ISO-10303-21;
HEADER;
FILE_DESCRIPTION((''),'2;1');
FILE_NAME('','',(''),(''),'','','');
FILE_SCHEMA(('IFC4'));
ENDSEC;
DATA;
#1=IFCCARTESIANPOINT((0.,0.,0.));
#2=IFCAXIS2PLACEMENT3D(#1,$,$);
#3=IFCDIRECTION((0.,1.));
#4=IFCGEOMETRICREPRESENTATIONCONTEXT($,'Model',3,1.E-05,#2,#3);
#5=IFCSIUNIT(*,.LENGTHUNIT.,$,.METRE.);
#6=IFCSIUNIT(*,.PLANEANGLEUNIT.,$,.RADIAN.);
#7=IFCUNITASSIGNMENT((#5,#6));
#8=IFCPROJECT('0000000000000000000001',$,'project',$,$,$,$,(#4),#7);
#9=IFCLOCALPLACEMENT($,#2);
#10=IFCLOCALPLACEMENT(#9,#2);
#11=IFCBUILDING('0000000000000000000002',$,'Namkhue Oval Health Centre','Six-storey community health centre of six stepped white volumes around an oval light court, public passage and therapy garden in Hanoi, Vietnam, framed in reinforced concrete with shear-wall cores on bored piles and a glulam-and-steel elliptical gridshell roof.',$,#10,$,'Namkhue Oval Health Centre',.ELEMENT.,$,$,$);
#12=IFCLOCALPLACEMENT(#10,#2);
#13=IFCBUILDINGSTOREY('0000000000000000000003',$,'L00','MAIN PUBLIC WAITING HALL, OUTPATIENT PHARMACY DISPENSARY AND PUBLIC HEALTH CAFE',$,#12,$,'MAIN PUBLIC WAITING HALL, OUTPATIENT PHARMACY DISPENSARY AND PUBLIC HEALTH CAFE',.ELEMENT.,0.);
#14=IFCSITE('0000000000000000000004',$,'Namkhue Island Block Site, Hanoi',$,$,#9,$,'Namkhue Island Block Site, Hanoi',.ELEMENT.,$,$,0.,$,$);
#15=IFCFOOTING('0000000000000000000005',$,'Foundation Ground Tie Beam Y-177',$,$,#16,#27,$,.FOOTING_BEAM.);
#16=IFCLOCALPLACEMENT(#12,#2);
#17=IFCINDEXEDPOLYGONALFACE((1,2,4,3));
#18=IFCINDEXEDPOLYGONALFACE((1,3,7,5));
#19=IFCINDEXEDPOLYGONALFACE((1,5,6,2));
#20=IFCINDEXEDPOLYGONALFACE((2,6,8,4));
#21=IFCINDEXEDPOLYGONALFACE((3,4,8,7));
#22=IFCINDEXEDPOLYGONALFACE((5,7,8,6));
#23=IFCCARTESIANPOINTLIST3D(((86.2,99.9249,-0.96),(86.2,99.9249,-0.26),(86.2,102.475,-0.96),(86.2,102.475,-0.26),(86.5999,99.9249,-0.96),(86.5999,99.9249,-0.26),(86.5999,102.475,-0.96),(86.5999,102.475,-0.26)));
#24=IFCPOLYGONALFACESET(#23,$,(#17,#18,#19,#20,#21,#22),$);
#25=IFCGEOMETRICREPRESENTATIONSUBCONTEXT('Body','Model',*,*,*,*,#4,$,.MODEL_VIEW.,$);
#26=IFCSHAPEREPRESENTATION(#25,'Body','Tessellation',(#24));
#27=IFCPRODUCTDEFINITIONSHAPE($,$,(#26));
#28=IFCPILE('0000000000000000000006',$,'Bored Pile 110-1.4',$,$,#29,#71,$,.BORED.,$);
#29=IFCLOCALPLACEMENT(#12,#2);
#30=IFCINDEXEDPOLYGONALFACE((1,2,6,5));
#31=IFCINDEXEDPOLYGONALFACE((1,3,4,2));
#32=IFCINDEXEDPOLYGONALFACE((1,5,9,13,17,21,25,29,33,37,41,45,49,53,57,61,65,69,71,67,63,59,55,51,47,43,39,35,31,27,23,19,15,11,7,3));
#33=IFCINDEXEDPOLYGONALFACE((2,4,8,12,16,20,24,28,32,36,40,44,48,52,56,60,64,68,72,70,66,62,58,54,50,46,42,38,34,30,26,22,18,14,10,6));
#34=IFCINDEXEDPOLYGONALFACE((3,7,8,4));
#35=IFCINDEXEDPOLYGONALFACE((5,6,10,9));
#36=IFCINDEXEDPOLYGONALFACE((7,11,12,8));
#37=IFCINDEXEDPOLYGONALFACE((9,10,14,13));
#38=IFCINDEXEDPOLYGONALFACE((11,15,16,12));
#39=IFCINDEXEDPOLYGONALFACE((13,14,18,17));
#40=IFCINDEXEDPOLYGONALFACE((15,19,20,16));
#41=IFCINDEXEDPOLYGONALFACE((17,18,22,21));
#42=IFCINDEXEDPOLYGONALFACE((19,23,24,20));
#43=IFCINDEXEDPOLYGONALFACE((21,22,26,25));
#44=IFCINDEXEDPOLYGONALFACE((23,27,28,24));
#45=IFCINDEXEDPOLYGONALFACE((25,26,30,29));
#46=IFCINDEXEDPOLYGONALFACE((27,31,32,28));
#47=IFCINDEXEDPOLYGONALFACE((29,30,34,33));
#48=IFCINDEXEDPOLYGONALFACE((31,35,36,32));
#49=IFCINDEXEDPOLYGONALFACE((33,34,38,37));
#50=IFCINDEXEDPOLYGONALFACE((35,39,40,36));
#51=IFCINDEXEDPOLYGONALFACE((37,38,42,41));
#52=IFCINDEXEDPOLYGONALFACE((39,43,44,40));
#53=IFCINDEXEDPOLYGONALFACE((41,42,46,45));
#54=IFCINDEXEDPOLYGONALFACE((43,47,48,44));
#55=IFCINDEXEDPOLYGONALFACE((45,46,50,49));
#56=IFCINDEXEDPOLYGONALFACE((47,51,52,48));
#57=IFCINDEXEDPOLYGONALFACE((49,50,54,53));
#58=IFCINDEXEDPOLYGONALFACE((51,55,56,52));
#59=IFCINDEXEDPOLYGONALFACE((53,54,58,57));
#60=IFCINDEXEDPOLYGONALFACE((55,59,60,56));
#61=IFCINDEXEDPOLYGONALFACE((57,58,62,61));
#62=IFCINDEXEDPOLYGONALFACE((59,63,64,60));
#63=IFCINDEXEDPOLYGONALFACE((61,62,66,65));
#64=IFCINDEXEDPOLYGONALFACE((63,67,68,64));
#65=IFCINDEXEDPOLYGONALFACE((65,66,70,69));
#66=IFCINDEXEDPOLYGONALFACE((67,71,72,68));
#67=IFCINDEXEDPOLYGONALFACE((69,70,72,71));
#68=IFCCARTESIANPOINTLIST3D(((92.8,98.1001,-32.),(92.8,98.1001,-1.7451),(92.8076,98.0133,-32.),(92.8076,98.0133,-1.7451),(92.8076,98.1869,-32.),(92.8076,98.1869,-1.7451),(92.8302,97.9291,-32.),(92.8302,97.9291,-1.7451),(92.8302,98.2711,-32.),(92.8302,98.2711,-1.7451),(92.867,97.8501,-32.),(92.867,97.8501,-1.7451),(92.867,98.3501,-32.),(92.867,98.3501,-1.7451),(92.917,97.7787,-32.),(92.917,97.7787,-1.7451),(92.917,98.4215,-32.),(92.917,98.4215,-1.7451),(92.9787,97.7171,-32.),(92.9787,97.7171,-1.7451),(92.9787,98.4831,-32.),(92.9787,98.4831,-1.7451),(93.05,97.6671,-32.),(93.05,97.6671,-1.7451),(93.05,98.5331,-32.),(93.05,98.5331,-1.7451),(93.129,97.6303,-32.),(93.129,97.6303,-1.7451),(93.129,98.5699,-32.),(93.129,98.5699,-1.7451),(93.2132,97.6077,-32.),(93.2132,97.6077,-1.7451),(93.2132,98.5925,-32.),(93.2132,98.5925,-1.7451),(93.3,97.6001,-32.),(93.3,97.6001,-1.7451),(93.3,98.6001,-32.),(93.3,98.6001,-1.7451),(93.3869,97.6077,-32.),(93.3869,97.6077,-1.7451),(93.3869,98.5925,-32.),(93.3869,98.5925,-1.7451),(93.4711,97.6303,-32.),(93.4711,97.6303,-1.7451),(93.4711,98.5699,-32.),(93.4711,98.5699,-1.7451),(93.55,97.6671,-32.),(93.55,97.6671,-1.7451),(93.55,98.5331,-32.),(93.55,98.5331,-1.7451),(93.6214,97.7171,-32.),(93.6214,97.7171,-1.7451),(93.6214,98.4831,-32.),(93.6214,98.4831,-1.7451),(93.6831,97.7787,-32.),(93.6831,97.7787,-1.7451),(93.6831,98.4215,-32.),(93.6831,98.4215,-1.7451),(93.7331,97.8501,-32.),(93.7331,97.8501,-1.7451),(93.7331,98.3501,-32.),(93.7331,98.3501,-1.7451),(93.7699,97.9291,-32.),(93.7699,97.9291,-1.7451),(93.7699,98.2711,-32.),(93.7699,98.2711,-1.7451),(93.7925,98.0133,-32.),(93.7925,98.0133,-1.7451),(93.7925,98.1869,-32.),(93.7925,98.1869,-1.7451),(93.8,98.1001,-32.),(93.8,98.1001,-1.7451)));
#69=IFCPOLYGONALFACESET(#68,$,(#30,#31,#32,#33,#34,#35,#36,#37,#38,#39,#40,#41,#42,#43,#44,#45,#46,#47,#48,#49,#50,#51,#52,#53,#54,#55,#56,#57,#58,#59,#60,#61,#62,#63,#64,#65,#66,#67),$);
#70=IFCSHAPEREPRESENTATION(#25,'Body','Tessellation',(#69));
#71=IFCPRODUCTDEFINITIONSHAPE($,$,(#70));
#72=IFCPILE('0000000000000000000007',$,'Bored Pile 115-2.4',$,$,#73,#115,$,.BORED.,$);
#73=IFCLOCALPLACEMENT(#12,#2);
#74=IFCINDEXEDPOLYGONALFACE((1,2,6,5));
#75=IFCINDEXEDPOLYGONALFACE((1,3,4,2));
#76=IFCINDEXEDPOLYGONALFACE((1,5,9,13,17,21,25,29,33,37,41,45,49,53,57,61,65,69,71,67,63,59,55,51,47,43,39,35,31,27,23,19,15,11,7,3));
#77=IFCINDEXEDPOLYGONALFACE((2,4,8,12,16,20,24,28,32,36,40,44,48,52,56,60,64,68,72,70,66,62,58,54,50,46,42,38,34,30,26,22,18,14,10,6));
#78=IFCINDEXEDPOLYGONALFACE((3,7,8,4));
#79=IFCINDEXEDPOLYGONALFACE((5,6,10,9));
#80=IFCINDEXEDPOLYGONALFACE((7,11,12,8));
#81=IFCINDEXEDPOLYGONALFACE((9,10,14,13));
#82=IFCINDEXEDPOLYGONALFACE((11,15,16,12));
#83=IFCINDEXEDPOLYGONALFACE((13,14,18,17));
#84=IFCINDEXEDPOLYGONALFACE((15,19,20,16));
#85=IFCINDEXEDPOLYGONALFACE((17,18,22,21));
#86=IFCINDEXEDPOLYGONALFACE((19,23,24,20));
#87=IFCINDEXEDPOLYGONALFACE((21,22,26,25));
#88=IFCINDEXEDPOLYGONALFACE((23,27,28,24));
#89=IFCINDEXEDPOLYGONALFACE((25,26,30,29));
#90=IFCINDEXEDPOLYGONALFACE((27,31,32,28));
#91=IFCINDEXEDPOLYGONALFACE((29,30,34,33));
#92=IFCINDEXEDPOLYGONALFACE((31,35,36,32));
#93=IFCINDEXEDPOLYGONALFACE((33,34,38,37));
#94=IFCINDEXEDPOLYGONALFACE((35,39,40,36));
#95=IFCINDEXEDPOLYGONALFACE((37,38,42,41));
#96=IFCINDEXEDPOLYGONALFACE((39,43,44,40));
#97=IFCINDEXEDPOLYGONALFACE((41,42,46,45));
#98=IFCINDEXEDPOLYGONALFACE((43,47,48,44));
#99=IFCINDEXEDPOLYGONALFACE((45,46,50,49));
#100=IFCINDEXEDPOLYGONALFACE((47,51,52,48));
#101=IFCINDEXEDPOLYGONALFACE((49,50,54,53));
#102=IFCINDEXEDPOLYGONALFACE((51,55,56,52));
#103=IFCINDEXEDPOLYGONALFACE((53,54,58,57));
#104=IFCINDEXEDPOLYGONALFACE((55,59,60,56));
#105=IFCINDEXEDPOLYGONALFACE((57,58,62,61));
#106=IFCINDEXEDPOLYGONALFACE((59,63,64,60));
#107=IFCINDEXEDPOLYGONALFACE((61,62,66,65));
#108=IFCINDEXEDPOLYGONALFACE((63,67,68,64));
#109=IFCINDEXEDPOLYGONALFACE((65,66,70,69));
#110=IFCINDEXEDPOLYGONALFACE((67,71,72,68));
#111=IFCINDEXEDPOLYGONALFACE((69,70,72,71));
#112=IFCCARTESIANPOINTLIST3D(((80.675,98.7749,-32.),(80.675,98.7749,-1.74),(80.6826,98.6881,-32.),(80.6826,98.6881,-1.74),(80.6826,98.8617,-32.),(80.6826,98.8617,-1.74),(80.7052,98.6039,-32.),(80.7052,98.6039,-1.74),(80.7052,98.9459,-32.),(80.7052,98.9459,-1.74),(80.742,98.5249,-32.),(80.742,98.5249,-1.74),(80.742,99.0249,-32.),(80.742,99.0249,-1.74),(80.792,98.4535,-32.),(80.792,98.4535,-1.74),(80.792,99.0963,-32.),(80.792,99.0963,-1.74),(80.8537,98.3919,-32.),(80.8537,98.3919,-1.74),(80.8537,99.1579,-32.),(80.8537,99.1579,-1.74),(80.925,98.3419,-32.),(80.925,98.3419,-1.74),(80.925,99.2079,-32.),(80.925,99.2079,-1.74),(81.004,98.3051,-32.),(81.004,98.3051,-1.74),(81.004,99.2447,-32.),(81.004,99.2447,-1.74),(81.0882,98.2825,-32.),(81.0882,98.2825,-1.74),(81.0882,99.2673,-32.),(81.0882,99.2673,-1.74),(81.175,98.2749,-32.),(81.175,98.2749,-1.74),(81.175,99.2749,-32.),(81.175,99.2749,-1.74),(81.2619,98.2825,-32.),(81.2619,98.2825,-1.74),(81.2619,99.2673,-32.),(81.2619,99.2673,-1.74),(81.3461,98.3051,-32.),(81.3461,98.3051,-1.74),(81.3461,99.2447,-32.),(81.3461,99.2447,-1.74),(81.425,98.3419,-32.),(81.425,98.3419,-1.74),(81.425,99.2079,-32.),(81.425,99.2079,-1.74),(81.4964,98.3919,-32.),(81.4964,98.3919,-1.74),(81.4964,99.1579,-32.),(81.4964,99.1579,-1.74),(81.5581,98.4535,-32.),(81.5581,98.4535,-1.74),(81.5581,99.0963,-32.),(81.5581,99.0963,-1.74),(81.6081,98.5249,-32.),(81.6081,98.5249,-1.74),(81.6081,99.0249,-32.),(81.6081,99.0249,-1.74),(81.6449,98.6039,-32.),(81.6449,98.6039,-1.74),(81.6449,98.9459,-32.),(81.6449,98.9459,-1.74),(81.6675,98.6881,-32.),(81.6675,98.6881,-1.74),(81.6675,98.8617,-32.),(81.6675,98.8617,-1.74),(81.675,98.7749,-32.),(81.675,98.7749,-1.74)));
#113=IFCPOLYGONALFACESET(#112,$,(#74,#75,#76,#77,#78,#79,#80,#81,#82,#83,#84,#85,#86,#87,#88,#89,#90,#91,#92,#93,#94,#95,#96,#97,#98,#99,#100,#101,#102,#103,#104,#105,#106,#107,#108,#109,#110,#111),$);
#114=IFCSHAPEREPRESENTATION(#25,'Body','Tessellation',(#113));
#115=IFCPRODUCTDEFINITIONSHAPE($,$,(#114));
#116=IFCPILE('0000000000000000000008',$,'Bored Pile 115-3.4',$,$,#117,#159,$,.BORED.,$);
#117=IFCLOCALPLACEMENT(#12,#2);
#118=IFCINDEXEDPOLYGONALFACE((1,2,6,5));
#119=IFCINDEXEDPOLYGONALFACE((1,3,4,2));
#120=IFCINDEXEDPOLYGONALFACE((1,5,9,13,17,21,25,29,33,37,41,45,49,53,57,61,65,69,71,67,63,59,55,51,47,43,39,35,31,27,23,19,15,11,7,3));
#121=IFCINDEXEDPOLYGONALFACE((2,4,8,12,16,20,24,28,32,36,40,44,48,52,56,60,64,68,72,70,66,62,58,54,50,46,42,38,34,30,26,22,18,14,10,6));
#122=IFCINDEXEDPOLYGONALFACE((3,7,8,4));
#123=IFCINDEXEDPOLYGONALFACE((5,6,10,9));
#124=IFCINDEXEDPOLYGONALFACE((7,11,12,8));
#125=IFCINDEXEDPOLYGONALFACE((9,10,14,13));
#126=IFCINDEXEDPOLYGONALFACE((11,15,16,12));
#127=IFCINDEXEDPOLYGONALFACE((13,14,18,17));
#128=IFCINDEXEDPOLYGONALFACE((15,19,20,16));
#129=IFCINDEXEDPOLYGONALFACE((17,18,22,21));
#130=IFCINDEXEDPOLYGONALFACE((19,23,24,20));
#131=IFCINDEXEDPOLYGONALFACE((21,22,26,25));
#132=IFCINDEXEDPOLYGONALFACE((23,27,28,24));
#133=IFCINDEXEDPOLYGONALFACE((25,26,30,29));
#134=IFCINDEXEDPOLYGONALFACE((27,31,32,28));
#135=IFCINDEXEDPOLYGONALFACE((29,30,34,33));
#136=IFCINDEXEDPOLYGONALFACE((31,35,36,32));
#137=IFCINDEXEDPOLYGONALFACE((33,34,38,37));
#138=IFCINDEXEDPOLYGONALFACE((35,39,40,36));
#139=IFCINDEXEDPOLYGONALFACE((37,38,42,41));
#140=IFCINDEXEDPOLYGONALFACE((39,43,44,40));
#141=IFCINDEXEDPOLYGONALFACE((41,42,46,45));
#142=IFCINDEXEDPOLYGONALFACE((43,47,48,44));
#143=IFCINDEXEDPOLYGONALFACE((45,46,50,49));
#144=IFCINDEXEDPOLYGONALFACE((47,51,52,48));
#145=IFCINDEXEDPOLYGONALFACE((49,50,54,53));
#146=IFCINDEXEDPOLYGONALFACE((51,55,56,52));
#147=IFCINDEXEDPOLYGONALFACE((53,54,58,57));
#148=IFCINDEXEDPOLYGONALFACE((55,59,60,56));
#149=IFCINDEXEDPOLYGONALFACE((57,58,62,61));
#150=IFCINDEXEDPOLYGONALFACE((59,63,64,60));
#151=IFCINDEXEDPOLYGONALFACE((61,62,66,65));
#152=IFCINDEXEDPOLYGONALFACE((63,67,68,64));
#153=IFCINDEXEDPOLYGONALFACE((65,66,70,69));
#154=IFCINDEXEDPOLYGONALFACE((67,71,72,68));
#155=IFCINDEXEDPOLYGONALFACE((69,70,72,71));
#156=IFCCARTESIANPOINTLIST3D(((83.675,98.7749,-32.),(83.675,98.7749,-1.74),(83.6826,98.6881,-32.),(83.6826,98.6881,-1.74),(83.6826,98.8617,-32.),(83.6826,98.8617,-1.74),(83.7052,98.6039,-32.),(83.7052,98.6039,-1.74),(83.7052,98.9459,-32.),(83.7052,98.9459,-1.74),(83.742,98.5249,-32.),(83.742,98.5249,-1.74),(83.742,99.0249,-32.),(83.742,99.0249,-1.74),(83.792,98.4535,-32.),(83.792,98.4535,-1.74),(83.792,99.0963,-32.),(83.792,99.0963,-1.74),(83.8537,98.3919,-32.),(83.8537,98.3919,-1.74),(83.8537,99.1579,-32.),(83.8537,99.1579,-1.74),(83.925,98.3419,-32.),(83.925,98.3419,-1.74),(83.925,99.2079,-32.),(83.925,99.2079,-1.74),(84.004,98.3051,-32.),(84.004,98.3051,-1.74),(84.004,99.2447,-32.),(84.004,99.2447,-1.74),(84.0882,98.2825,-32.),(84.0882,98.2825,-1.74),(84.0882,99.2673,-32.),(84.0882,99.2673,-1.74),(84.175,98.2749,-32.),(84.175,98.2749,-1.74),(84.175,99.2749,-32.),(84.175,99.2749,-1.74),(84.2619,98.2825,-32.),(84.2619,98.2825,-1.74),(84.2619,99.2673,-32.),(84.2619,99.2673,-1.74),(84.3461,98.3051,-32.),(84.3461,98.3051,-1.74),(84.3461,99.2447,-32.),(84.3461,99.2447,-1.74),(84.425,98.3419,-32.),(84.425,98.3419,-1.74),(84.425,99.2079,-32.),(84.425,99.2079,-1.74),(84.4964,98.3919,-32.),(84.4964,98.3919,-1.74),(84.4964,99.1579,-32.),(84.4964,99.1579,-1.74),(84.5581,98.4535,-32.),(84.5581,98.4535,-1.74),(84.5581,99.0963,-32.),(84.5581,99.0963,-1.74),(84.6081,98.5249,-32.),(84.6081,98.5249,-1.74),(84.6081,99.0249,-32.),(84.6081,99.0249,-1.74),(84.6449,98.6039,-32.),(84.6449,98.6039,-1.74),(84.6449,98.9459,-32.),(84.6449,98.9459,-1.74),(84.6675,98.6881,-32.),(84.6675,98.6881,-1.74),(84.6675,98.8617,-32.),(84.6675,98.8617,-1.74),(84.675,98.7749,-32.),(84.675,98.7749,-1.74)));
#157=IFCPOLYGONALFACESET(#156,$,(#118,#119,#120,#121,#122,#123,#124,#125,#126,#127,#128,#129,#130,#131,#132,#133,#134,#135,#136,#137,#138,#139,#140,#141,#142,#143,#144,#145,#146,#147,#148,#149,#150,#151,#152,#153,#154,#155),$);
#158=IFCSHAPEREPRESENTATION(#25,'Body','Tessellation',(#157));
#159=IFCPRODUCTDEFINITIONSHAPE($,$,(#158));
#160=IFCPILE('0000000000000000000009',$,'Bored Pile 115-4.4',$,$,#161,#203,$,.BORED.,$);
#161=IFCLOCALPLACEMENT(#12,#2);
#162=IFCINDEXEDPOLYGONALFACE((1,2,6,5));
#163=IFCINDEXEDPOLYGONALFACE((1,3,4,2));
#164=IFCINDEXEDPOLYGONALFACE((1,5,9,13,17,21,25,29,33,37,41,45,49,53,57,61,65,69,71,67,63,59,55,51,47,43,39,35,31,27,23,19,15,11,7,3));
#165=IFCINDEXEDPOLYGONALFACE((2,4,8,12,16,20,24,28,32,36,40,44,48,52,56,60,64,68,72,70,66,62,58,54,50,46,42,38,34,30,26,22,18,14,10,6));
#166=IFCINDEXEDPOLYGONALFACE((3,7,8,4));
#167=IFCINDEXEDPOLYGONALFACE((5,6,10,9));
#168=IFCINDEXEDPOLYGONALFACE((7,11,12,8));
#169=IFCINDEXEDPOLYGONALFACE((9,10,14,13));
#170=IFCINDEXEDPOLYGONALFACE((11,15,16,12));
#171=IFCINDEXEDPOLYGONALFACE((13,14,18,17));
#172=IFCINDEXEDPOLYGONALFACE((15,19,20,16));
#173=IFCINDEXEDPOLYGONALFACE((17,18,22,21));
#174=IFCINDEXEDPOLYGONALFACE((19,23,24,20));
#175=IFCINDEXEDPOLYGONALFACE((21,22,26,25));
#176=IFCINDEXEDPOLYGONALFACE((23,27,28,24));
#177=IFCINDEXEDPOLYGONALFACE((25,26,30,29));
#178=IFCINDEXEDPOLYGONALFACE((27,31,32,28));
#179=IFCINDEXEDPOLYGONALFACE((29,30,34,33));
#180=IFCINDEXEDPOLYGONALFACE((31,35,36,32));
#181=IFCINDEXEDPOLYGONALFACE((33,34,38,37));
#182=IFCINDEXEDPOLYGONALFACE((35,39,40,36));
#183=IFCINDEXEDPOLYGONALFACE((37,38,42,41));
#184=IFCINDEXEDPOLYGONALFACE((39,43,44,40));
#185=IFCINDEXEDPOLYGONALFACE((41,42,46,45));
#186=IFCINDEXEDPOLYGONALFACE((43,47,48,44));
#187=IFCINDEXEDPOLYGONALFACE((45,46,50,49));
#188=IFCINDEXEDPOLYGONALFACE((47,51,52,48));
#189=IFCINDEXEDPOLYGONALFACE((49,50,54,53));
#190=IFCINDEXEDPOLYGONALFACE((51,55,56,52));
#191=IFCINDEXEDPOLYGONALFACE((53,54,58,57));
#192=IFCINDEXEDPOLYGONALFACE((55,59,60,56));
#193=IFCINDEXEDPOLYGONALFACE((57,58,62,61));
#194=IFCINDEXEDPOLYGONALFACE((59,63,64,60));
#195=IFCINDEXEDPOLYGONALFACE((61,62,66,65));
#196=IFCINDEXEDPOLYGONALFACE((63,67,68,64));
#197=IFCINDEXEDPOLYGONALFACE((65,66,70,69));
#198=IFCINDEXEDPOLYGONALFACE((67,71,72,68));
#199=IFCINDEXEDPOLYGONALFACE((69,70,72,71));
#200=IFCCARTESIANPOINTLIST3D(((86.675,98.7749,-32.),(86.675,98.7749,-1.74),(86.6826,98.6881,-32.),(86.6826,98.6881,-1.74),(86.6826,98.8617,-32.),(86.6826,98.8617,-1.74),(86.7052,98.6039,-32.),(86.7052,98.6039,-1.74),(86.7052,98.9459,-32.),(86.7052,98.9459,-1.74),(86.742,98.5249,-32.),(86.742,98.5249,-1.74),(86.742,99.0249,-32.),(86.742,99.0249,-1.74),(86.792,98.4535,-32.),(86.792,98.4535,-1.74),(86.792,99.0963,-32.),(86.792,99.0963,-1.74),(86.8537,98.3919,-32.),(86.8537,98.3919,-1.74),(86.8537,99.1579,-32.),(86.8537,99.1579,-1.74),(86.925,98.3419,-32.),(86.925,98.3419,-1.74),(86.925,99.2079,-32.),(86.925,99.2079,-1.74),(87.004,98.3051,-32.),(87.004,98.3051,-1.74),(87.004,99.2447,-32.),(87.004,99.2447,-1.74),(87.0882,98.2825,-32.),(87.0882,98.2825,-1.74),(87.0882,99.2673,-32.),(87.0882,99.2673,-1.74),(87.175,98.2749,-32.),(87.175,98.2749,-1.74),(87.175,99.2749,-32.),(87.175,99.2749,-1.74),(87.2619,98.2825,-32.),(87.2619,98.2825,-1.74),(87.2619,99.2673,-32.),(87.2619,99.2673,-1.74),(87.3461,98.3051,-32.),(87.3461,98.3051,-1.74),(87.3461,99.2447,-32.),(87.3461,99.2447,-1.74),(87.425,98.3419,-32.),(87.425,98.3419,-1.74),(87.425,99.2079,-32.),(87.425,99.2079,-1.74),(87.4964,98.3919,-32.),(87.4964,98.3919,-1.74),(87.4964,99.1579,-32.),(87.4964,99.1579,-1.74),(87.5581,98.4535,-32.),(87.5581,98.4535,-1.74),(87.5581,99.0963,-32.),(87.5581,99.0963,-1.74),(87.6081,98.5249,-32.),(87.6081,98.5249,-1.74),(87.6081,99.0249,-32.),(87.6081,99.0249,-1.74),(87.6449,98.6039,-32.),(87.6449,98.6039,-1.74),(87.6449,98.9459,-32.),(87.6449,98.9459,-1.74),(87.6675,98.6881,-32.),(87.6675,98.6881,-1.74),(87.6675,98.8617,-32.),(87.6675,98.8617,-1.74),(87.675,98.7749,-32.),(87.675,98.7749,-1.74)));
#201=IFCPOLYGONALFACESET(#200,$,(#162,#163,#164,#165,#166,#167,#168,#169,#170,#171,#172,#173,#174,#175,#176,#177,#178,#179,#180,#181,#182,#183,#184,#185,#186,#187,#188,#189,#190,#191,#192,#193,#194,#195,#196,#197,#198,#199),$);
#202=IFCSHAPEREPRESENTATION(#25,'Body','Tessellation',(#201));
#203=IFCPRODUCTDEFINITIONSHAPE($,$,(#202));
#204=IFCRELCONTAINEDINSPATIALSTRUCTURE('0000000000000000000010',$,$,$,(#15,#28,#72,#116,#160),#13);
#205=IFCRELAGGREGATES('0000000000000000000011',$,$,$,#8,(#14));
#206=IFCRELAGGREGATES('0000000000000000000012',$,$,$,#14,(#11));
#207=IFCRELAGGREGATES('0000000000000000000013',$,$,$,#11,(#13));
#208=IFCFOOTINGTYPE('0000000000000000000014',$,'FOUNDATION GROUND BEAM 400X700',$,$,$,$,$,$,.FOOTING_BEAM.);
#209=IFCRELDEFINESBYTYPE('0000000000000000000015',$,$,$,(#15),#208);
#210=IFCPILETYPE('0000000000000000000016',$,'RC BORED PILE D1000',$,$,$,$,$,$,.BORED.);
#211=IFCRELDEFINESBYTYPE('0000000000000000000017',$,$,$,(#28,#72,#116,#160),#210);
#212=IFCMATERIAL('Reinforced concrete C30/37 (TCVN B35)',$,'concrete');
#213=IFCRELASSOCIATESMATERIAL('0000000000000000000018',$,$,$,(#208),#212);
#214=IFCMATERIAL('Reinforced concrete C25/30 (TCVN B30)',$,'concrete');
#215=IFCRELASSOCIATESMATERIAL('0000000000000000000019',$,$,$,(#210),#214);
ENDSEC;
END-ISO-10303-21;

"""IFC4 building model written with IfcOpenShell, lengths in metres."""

from ifc_helpers import new_model, si_unit, direction, frame, origin, origin_2d, place, context, subcontext, project, spatial, rectangle, circle, extrude, material, material_profile, profile_set, type_object, element, save


model = new_model("IFC4")

# Units and contexts
model_context = context("Model", 3, precision=1e-05, world=origin(), true_north=direction((0.0, 1.0)))
body_context = subcontext(model_context, "Body", "Model", "MODEL_VIEW")
ifc_project = project(units=[si_unit("LENGTHUNIT", "METRE"), si_unit("PLANEANGLEUNIT", "RADIAN")], contexts=[model_context])

# Site, building, storey
site_placement = place(None, origin())
site = spatial("IfcSite", under=ifc_project, at=site_placement, Name="Namkhue Island Block Site, Hanoi", LongName="Namkhue Island Block Site, Hanoi", CompositionType="ELEMENT", RefElevation=0.0)
building_placement = place(site_placement, origin())
building = spatial("IfcBuilding", under=site, at=building_placement, Name="Namkhue Oval Health Centre", Description="Six-storey community health centre of six stepped white volumes around an oval light court, public passage and therapy garden in Hanoi, Vietnam, framed in reinforced concrete with shear-wall cores on bored piles and a glulam-and-steel elliptical gridshell roof.", LongName="Namkhue Oval Health Centre", CompositionType="ELEMENT")
storey_placement = place(building_placement, origin())
storey = spatial("IfcBuildingStorey", under=building, at=storey_placement, Name="L00", Description="MAIN PUBLIC WAITING HALL, OUTPATIENT PHARMACY DISPENSARY AND PUBLIC HEALTH CAFE", LongName="MAIN PUBLIC WAITING HALL, OUTPATIENT PHARMACY DISPENSARY AND PUBLIC HEALTH CAFE", CompositionType="ELEMENT", Elevation=0.0)

# Footing
ifc_material_1 = material(Name="Reinforced concrete C30/37 (TCVN B35)", Category="concrete")
footing_type = type_object("IfcFootingType", Name="FOUNDATION GROUND BEAM 400X700", PredefinedType="FOOTING_BEAM", material=ifc_material_1)
footing_placement = place(storey_placement, frame((86.3999, 101.2, -0.96), z_axis=(0.0, 0.0, 1.0), x_axis=(0.0, 1.0, 0.0)))
element("IfcFooting", 1, at=footing_placement, inside=storey, type_object=footing_type, Name="Foundation Ground Tie Beam Y-177", PredefinedType="FOOTING_BEAM", context=body_context, shape_type="SweptSolid", body=[
    extrude(rectangle(XDim=2.55, YDim=0.3999, at=origin_2d()), origin(), (0.0, 0.0, 1.0), 0.7),
])

# Piles
ifc_material_2 = material(Name="Reinforced concrete C25/30 (TCVN B30)", Category="concrete")
ifc_material_profile_1 = material_profile(ifc_material_2, circle(Radius=0.5, at=origin_2d()), Name="BORED PILE D1000")
ifc_profile_set_1 = profile_set([ifc_material_profile_1], Name="Reinforced concrete C25/30 (TCVN B30)")
pile_type_1 = type_object("IfcPileType", Name="RC BORED PILE D1000", PredefinedType="BORED", material=ifc_profile_set_1)
pile_1_placement = place(storey_placement, frame((93.3, 98.1001, -1.7451), z_axis=(0.0, 0.0, -1.0), x_axis=(1.0, 0.0, 0.0)))
element("IfcPile", 2, at=pile_1_placement, inside=storey, type_object=pile_type_1, Name="Bored Pile 110-1.4", PredefinedType="BORED", context=body_context, shape_type="SweptSolid", body=[
    extrude(circle(Radius=0.5, at=origin_2d()), origin(), (0.0, 0.0, 1.0), 30.2549),
])
for number, where, z_axis, x_axis, name in (
    (3, (81.175, 98.7749, -1.74), (0.0, 0.0, -1.0), (1.0, 0.0, 0.0), "Bored Pile 115-2.4"),
    (4, (84.175, 98.7749, -1.74), (0.0, 0.0, -1.0), (1.0, 0.0, 0.0), "Bored Pile 115-3.4"),
    (5, (87.175, 98.7749, -1.74), (0.0, 0.0, -1.0), (1.0, 0.0, 0.0), "Bored Pile 115-4.4"),
):
    element("IfcPile", number, at=place(storey_placement, frame(where, z_axis=z_axis, x_axis=x_axis)), inside=storey, type_object=pile_type_1, Name=name, PredefinedType="BORED", context=body_context, shape_type="SweptSolid", body=[
        extrude(circle(Radius=0.5, at=origin_2d()), origin(), (0.0, 0.0, 1.0), 30.26),
    ])

save(model, "model.ifc")
